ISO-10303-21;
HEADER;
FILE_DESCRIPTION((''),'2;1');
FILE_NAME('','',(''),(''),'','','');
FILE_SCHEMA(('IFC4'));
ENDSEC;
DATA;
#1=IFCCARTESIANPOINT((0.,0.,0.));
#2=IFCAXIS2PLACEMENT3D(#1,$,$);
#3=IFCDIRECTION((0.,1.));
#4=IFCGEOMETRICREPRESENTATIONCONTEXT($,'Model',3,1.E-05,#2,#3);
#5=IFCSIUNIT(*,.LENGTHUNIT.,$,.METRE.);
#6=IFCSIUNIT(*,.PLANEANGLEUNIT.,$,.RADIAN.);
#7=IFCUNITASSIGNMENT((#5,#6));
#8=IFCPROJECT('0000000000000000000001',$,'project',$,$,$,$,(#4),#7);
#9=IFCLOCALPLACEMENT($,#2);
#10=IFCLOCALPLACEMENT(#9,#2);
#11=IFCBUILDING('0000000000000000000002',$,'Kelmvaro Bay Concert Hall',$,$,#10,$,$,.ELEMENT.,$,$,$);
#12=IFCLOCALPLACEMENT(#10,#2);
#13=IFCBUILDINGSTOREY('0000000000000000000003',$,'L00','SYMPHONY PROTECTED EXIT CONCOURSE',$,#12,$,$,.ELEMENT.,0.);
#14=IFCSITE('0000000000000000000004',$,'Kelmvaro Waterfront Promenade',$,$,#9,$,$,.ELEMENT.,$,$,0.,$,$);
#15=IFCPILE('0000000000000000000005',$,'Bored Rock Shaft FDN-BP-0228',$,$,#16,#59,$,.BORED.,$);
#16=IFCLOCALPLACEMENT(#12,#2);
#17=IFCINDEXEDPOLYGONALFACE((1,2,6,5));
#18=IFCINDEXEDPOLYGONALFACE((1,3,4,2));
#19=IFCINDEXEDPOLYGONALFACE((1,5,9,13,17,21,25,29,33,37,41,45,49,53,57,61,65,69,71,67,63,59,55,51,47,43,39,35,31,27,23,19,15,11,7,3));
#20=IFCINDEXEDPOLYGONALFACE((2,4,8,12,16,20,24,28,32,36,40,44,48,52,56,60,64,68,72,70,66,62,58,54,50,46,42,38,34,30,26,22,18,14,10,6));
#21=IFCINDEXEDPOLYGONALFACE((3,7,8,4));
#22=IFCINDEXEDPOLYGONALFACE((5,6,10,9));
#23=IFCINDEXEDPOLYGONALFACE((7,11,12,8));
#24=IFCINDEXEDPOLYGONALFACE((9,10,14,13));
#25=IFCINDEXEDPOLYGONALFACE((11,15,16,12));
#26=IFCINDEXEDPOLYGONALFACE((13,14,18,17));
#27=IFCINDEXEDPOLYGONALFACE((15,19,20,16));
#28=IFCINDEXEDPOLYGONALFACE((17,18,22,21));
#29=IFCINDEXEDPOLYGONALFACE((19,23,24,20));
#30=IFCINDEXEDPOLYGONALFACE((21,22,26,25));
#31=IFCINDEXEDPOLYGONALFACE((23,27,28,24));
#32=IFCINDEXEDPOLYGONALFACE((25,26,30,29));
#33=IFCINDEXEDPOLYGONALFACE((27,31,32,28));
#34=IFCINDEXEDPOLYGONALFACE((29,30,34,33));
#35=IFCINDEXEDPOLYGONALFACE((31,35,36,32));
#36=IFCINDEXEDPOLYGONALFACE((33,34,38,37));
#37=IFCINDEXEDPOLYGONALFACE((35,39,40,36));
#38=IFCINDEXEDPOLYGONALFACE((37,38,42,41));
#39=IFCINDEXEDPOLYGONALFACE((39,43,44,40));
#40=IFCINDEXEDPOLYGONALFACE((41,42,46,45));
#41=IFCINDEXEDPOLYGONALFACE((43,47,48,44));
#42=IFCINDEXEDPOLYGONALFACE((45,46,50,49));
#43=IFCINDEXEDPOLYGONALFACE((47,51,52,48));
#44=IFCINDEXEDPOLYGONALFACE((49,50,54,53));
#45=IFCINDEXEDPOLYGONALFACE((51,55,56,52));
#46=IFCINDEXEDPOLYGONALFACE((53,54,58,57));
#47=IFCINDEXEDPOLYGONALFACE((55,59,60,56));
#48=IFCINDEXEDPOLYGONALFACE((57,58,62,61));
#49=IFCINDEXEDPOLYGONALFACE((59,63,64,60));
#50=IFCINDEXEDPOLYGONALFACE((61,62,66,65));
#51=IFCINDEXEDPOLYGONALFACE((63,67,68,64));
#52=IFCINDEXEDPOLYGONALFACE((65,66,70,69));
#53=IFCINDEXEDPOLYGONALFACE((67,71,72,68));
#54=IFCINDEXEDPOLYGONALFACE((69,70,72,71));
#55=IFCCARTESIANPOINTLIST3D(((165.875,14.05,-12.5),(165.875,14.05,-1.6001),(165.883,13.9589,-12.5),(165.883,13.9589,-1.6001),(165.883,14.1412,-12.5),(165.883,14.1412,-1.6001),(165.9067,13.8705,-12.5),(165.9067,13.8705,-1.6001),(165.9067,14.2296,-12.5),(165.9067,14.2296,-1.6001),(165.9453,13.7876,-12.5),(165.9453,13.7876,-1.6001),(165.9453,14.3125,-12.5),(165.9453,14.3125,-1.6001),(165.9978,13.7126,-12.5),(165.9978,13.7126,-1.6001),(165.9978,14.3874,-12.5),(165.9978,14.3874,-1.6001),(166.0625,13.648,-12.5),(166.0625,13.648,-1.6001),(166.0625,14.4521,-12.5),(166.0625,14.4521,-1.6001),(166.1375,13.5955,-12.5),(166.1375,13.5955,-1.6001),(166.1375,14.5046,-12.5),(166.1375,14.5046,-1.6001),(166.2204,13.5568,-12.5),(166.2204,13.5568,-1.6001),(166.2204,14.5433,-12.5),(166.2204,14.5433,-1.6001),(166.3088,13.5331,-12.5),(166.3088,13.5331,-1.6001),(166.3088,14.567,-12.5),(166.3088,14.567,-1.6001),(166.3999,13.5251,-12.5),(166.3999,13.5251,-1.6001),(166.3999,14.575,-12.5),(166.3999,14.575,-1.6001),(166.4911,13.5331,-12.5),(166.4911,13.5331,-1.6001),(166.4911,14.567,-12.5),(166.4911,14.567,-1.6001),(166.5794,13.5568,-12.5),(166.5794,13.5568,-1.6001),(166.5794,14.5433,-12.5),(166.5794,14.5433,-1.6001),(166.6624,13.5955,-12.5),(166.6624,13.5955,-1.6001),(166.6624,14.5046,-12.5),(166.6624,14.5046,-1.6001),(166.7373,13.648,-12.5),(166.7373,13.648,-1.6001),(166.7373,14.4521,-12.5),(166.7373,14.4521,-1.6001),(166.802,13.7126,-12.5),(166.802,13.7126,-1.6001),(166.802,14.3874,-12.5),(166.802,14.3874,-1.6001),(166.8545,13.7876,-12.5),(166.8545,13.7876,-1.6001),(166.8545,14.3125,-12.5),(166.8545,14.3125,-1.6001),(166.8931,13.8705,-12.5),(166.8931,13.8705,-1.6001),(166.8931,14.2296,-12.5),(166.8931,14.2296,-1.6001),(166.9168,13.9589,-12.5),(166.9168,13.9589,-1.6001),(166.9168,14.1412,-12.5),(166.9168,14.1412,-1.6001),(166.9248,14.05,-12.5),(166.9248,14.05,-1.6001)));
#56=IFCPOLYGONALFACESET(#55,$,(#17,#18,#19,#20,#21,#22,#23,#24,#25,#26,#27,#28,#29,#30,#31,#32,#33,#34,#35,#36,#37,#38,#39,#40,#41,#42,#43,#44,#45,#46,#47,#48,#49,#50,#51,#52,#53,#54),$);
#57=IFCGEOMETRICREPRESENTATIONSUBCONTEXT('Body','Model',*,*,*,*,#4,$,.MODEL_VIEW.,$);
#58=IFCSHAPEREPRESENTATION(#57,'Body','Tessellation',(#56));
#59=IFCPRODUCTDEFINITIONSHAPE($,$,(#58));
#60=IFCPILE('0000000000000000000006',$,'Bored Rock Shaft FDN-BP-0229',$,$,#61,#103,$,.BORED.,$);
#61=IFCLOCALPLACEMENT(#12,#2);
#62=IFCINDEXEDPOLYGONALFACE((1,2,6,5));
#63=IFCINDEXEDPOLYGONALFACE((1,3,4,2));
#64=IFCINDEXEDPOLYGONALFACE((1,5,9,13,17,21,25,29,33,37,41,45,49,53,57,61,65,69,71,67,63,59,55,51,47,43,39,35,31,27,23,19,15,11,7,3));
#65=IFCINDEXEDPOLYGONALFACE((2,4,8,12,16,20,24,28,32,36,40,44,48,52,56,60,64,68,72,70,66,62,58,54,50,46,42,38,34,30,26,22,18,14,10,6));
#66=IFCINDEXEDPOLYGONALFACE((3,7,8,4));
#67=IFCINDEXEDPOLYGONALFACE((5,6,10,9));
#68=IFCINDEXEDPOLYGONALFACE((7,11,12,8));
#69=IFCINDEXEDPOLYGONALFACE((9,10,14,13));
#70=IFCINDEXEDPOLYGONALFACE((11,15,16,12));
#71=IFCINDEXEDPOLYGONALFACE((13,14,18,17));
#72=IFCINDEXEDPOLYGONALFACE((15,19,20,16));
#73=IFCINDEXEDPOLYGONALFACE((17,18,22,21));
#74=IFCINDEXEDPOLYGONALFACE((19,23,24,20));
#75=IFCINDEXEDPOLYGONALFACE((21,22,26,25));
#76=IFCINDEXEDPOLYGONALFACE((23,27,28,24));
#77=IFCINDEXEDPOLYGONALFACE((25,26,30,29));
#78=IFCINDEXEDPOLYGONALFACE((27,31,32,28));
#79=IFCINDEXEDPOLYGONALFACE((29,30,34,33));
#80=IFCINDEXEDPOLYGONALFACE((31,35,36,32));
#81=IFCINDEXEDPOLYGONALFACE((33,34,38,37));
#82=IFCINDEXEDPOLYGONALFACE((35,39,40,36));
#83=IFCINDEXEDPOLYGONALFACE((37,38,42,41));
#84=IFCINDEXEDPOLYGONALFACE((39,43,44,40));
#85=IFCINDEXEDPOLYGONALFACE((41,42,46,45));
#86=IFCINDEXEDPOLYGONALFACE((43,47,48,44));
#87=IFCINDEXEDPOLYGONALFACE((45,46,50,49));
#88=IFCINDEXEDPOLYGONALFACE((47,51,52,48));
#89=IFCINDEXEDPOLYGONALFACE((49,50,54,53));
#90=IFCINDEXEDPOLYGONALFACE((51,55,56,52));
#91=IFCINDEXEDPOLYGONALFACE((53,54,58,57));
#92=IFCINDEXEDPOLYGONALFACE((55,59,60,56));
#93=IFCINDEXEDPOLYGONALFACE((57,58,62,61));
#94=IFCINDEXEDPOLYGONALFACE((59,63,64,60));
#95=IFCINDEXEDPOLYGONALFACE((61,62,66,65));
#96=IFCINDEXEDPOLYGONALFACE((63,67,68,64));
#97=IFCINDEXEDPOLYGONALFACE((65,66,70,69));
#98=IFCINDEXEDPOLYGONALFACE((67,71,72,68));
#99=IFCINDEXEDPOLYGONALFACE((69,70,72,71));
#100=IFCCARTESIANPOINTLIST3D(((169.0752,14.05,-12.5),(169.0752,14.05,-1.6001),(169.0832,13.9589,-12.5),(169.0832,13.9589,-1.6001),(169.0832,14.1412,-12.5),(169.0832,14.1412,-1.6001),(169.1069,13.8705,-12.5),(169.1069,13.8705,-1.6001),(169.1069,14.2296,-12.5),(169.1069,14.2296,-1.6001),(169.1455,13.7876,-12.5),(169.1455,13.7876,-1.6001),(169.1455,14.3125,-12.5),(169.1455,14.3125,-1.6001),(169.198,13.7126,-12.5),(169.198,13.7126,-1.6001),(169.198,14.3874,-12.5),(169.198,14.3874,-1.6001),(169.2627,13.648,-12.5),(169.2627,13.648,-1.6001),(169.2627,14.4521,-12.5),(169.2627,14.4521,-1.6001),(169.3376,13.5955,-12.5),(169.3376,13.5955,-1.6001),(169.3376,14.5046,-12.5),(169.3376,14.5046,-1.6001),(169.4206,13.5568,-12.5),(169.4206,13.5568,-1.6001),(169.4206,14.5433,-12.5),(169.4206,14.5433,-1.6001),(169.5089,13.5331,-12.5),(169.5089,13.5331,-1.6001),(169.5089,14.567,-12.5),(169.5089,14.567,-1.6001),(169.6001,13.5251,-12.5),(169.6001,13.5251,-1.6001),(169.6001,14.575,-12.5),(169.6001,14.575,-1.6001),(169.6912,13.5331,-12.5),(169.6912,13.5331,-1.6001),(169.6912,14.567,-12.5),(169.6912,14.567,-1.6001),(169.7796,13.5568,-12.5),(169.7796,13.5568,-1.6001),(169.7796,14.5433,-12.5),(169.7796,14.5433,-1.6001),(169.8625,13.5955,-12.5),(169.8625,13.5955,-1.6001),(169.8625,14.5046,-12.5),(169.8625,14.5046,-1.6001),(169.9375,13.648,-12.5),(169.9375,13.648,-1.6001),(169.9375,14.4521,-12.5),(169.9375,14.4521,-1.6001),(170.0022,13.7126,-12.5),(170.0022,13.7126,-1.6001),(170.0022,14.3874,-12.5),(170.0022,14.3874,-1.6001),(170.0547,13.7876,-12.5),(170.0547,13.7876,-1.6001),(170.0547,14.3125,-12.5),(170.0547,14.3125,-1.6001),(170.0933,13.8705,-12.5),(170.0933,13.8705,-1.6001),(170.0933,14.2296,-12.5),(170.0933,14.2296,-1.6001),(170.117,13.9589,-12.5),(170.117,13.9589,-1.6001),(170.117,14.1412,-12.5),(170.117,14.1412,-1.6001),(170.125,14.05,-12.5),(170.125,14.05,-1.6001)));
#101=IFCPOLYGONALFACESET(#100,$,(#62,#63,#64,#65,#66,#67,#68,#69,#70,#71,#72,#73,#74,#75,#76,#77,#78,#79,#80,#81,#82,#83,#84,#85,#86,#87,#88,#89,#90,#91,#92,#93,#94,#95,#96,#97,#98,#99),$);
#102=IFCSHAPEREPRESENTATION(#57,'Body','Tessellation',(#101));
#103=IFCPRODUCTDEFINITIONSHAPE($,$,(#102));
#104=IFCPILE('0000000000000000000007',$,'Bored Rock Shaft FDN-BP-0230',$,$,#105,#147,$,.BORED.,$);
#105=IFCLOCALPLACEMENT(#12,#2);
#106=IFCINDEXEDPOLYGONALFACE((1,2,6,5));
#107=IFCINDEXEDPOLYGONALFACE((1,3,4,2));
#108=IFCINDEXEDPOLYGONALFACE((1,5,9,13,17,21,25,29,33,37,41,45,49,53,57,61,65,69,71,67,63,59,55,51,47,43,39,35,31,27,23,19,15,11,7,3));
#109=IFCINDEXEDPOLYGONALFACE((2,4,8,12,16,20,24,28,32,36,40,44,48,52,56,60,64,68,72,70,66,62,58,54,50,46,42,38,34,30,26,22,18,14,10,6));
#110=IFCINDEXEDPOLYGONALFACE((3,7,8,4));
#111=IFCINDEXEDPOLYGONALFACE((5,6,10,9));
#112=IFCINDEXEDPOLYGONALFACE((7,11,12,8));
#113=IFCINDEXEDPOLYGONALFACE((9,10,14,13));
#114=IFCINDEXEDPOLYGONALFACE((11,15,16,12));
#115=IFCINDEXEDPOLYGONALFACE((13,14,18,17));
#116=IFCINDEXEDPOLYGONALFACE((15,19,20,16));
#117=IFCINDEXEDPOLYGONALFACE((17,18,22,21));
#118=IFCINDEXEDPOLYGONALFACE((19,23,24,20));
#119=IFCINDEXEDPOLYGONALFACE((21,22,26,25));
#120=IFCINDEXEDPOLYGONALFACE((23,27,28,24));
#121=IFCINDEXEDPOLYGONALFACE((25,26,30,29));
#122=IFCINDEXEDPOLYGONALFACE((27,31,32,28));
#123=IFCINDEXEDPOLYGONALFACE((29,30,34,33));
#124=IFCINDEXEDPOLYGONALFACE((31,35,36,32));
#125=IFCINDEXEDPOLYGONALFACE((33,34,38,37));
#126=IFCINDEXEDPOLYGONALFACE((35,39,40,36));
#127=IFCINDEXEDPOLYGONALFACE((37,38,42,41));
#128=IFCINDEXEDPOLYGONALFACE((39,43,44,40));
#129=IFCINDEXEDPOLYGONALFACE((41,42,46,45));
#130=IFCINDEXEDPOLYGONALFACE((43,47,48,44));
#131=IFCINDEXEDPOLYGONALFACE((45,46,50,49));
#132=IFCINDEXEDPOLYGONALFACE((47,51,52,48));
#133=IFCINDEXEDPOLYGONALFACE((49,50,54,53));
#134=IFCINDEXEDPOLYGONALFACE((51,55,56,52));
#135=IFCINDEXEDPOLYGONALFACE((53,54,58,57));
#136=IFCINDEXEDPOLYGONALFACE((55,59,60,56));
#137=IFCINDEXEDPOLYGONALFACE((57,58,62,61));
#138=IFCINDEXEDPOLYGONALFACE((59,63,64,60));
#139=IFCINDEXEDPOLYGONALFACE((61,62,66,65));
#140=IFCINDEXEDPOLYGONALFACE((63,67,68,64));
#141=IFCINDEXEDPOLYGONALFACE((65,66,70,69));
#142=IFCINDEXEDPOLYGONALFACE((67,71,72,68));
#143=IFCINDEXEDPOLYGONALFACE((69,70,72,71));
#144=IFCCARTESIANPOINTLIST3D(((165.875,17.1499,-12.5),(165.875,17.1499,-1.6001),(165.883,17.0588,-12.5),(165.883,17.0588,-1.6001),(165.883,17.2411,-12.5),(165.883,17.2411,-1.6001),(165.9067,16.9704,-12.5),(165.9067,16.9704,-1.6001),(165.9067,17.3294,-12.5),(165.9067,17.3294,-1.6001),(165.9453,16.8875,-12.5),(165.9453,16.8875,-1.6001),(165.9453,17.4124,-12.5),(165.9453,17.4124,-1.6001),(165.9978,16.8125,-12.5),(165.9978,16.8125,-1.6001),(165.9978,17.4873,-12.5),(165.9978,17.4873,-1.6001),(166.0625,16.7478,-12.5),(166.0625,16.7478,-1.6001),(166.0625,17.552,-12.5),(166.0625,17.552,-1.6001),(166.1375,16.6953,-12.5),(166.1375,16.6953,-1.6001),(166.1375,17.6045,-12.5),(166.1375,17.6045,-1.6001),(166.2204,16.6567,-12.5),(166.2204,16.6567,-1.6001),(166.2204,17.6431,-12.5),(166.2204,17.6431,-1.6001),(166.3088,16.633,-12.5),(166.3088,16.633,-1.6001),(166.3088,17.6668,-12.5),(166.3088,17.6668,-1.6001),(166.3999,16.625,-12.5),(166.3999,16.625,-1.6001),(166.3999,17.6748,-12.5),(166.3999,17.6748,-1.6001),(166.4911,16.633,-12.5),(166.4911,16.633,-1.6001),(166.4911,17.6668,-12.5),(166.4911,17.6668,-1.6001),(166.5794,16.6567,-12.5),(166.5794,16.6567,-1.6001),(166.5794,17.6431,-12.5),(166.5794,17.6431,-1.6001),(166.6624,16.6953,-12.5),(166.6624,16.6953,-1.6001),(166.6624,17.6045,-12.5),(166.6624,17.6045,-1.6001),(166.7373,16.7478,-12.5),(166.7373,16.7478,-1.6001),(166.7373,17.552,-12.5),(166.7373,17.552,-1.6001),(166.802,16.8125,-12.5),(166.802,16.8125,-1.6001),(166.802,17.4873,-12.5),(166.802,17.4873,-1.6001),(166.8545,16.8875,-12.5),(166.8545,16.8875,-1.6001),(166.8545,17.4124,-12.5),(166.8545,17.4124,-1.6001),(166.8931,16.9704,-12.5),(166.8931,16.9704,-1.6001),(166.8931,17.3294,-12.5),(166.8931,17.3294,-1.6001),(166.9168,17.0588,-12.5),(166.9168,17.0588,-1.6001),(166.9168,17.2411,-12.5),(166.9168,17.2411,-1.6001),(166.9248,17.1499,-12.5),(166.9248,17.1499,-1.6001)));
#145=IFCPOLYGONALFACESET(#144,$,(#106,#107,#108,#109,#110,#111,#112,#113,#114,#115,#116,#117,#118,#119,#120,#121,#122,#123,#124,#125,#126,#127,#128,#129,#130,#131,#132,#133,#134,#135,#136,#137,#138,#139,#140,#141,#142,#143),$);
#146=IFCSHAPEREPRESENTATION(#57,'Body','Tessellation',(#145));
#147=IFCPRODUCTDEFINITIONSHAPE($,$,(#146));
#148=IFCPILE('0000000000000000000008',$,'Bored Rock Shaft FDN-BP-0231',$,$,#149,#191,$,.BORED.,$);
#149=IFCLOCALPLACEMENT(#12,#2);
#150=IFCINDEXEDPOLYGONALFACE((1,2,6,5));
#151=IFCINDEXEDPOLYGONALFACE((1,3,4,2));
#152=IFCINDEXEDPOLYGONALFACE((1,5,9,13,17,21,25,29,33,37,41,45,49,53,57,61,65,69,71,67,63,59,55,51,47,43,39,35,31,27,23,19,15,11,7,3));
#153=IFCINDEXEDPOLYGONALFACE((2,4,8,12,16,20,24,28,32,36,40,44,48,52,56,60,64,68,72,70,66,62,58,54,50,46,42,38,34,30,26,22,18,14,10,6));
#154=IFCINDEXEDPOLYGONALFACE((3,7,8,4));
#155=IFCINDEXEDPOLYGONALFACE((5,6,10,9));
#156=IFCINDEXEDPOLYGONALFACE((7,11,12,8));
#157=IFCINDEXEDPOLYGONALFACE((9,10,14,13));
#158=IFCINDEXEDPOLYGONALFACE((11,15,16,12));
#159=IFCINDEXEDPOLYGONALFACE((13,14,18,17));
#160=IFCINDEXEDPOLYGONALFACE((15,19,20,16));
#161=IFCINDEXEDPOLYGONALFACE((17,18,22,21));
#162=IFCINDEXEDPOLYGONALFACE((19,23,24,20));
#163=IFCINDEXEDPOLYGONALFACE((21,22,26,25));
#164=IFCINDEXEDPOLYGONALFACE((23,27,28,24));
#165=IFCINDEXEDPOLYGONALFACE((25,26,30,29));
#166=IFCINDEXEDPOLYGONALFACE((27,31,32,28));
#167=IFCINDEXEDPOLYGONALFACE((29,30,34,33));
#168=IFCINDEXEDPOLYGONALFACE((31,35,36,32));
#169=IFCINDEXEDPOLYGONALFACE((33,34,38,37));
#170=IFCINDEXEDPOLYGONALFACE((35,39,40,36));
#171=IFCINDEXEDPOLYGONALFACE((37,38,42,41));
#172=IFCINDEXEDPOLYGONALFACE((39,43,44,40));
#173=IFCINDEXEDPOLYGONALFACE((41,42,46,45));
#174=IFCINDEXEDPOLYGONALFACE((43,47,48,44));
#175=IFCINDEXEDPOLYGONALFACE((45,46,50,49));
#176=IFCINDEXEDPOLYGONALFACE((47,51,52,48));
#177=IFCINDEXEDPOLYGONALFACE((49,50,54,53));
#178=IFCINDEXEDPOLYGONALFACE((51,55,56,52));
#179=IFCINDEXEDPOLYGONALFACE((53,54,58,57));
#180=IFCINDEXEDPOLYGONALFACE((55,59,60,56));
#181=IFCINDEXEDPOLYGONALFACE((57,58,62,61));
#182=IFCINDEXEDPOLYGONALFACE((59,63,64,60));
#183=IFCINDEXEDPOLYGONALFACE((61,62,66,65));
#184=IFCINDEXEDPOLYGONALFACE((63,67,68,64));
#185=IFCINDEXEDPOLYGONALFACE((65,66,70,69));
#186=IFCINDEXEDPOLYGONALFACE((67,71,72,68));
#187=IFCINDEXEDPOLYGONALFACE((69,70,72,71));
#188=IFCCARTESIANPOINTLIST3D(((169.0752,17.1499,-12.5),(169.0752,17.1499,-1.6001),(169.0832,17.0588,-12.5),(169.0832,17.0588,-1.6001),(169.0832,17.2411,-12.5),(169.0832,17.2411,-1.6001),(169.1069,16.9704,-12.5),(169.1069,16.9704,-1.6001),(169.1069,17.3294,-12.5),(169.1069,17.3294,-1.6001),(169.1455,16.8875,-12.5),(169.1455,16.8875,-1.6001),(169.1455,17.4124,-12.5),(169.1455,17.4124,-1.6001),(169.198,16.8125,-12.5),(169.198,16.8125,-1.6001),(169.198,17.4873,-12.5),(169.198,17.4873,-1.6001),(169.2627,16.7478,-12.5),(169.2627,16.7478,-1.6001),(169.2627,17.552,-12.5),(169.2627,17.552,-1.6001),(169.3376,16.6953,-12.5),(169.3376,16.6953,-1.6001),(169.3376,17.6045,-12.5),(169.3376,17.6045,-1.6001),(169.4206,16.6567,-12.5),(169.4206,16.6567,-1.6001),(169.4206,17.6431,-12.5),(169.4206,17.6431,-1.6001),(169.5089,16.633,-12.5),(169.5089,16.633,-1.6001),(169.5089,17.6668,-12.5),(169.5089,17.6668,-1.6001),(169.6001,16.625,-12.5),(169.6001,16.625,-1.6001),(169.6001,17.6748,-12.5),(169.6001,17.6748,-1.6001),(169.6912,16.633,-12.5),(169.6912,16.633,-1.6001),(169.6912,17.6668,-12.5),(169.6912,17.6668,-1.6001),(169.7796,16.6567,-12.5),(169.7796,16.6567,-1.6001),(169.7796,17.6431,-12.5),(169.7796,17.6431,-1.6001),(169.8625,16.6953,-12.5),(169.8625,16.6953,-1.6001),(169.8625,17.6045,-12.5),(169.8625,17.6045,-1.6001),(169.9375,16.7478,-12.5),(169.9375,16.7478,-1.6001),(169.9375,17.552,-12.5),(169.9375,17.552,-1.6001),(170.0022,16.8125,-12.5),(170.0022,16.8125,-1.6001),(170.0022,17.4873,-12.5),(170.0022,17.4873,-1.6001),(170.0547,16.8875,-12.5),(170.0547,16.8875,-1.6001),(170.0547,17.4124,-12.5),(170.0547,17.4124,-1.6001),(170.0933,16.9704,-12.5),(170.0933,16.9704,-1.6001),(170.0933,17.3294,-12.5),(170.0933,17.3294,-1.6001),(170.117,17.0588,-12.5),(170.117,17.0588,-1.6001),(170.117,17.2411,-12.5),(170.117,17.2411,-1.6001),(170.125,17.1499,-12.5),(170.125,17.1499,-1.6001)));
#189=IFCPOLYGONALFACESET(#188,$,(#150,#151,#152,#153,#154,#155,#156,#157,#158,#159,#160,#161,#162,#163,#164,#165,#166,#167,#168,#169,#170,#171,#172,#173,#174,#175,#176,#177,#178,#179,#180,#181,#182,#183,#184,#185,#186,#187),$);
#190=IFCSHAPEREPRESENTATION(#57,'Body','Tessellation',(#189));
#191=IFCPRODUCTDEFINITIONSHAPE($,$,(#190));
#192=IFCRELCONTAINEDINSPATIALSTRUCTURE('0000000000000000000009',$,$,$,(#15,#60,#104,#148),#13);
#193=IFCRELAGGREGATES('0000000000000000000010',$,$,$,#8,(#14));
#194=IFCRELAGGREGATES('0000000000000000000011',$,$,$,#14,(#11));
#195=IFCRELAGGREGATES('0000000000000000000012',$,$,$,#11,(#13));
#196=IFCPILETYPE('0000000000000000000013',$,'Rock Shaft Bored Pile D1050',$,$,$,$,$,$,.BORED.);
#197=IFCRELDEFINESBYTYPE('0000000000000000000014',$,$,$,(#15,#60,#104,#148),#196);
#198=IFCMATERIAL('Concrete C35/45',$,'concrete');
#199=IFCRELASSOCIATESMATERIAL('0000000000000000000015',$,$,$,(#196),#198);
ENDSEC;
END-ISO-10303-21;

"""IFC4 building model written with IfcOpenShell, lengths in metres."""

from ifc_helpers import new_model, si_unit, direction, frame, origin, origin_2d, place, context, subcontext, project, spatial, circle, extrude, material, material_profile, profile_set, type_object, element, save


model = new_model("IFC4")

# Units and contexts
model_context = context("Model", 3, precision=1e-05, world=origin(), true_north=direction((0.0, 1.0)))
body_context = subcontext(model_context, "Body", "Model", "MODEL_VIEW")
ifc_project = project(units=[si_unit("LENGTHUNIT", "METRE"), si_unit("PLANEANGLEUNIT", "RADIAN")], contexts=[model_context])

# Site, building, storey
site_placement = place(None, origin())
site = spatial("IfcSite", under=ifc_project, at=site_placement, Name="Kelmvaro Waterfront Promenade", CompositionType="ELEMENT", RefElevation=0.0)
building_placement = place(site_placement, origin())
building = spatial("IfcBuilding", under=site, at=building_placement, Name="Kelmvaro Bay Concert Hall", CompositionType="ELEMENT")
storey_placement = place(building_placement, origin())
storey = spatial("IfcBuildingStorey", under=building, at=storey_placement, Name="L00", Description="SYMPHONY PROTECTED EXIT CONCOURSE", CompositionType="ELEMENT", Elevation=0.0)

# Piles
ifc_material_1 = material(Name="Concrete C35/45", Category="concrete")
ifc_material_profile_1 = material_profile(ifc_material_1, circle(Radius=0.5249, at=origin_2d()), Name="PILE-BORED-1050")
ifc_profile_set_1 = profile_set([ifc_material_profile_1], Name="Concrete C35/45")
pile_type = type_object("IfcPileType", Name="Rock Shaft Bored Pile D1050", PredefinedType="BORED", material=ifc_profile_set_1)
for number, where, z_axis, x_axis, name in (
    (1, (166.3999, 14.05, -1.6001), (0.0, 0.0, -1.0), (1.0, 0.0, 0.0), "Bored Rock Shaft FDN-BP-0228"),
    (2, (169.6001, 14.05, -1.6001), (0.0, 0.0, -1.0), (1.0, 0.0, 0.0), "Bored Rock Shaft FDN-BP-0229"),
    (3, (166.3999, 17.1499, -1.6001), (0.0, 0.0, -1.0), (1.0, 0.0, 0.0), "Bored Rock Shaft FDN-BP-0230"),
    (4, (169.6001, 17.1499, -1.6001), (0.0, 0.0, -1.0), (1.0, 0.0, 0.0), "Bored Rock Shaft FDN-BP-0231"),
):
    element("IfcPile", number, at=place(storey_placement, frame(where, z_axis=z_axis, x_axis=x_axis)), inside=storey, type_object=pile_type, Name=name, PredefinedType="BORED", context=body_context, shape_type="SweptSolid", body=[
        extrude(circle(Radius=0.5249, at=origin_2d()), origin(), (0.0, 0.0, 1.0), 10.8999),
    ])

save(model, "model.ifc")
